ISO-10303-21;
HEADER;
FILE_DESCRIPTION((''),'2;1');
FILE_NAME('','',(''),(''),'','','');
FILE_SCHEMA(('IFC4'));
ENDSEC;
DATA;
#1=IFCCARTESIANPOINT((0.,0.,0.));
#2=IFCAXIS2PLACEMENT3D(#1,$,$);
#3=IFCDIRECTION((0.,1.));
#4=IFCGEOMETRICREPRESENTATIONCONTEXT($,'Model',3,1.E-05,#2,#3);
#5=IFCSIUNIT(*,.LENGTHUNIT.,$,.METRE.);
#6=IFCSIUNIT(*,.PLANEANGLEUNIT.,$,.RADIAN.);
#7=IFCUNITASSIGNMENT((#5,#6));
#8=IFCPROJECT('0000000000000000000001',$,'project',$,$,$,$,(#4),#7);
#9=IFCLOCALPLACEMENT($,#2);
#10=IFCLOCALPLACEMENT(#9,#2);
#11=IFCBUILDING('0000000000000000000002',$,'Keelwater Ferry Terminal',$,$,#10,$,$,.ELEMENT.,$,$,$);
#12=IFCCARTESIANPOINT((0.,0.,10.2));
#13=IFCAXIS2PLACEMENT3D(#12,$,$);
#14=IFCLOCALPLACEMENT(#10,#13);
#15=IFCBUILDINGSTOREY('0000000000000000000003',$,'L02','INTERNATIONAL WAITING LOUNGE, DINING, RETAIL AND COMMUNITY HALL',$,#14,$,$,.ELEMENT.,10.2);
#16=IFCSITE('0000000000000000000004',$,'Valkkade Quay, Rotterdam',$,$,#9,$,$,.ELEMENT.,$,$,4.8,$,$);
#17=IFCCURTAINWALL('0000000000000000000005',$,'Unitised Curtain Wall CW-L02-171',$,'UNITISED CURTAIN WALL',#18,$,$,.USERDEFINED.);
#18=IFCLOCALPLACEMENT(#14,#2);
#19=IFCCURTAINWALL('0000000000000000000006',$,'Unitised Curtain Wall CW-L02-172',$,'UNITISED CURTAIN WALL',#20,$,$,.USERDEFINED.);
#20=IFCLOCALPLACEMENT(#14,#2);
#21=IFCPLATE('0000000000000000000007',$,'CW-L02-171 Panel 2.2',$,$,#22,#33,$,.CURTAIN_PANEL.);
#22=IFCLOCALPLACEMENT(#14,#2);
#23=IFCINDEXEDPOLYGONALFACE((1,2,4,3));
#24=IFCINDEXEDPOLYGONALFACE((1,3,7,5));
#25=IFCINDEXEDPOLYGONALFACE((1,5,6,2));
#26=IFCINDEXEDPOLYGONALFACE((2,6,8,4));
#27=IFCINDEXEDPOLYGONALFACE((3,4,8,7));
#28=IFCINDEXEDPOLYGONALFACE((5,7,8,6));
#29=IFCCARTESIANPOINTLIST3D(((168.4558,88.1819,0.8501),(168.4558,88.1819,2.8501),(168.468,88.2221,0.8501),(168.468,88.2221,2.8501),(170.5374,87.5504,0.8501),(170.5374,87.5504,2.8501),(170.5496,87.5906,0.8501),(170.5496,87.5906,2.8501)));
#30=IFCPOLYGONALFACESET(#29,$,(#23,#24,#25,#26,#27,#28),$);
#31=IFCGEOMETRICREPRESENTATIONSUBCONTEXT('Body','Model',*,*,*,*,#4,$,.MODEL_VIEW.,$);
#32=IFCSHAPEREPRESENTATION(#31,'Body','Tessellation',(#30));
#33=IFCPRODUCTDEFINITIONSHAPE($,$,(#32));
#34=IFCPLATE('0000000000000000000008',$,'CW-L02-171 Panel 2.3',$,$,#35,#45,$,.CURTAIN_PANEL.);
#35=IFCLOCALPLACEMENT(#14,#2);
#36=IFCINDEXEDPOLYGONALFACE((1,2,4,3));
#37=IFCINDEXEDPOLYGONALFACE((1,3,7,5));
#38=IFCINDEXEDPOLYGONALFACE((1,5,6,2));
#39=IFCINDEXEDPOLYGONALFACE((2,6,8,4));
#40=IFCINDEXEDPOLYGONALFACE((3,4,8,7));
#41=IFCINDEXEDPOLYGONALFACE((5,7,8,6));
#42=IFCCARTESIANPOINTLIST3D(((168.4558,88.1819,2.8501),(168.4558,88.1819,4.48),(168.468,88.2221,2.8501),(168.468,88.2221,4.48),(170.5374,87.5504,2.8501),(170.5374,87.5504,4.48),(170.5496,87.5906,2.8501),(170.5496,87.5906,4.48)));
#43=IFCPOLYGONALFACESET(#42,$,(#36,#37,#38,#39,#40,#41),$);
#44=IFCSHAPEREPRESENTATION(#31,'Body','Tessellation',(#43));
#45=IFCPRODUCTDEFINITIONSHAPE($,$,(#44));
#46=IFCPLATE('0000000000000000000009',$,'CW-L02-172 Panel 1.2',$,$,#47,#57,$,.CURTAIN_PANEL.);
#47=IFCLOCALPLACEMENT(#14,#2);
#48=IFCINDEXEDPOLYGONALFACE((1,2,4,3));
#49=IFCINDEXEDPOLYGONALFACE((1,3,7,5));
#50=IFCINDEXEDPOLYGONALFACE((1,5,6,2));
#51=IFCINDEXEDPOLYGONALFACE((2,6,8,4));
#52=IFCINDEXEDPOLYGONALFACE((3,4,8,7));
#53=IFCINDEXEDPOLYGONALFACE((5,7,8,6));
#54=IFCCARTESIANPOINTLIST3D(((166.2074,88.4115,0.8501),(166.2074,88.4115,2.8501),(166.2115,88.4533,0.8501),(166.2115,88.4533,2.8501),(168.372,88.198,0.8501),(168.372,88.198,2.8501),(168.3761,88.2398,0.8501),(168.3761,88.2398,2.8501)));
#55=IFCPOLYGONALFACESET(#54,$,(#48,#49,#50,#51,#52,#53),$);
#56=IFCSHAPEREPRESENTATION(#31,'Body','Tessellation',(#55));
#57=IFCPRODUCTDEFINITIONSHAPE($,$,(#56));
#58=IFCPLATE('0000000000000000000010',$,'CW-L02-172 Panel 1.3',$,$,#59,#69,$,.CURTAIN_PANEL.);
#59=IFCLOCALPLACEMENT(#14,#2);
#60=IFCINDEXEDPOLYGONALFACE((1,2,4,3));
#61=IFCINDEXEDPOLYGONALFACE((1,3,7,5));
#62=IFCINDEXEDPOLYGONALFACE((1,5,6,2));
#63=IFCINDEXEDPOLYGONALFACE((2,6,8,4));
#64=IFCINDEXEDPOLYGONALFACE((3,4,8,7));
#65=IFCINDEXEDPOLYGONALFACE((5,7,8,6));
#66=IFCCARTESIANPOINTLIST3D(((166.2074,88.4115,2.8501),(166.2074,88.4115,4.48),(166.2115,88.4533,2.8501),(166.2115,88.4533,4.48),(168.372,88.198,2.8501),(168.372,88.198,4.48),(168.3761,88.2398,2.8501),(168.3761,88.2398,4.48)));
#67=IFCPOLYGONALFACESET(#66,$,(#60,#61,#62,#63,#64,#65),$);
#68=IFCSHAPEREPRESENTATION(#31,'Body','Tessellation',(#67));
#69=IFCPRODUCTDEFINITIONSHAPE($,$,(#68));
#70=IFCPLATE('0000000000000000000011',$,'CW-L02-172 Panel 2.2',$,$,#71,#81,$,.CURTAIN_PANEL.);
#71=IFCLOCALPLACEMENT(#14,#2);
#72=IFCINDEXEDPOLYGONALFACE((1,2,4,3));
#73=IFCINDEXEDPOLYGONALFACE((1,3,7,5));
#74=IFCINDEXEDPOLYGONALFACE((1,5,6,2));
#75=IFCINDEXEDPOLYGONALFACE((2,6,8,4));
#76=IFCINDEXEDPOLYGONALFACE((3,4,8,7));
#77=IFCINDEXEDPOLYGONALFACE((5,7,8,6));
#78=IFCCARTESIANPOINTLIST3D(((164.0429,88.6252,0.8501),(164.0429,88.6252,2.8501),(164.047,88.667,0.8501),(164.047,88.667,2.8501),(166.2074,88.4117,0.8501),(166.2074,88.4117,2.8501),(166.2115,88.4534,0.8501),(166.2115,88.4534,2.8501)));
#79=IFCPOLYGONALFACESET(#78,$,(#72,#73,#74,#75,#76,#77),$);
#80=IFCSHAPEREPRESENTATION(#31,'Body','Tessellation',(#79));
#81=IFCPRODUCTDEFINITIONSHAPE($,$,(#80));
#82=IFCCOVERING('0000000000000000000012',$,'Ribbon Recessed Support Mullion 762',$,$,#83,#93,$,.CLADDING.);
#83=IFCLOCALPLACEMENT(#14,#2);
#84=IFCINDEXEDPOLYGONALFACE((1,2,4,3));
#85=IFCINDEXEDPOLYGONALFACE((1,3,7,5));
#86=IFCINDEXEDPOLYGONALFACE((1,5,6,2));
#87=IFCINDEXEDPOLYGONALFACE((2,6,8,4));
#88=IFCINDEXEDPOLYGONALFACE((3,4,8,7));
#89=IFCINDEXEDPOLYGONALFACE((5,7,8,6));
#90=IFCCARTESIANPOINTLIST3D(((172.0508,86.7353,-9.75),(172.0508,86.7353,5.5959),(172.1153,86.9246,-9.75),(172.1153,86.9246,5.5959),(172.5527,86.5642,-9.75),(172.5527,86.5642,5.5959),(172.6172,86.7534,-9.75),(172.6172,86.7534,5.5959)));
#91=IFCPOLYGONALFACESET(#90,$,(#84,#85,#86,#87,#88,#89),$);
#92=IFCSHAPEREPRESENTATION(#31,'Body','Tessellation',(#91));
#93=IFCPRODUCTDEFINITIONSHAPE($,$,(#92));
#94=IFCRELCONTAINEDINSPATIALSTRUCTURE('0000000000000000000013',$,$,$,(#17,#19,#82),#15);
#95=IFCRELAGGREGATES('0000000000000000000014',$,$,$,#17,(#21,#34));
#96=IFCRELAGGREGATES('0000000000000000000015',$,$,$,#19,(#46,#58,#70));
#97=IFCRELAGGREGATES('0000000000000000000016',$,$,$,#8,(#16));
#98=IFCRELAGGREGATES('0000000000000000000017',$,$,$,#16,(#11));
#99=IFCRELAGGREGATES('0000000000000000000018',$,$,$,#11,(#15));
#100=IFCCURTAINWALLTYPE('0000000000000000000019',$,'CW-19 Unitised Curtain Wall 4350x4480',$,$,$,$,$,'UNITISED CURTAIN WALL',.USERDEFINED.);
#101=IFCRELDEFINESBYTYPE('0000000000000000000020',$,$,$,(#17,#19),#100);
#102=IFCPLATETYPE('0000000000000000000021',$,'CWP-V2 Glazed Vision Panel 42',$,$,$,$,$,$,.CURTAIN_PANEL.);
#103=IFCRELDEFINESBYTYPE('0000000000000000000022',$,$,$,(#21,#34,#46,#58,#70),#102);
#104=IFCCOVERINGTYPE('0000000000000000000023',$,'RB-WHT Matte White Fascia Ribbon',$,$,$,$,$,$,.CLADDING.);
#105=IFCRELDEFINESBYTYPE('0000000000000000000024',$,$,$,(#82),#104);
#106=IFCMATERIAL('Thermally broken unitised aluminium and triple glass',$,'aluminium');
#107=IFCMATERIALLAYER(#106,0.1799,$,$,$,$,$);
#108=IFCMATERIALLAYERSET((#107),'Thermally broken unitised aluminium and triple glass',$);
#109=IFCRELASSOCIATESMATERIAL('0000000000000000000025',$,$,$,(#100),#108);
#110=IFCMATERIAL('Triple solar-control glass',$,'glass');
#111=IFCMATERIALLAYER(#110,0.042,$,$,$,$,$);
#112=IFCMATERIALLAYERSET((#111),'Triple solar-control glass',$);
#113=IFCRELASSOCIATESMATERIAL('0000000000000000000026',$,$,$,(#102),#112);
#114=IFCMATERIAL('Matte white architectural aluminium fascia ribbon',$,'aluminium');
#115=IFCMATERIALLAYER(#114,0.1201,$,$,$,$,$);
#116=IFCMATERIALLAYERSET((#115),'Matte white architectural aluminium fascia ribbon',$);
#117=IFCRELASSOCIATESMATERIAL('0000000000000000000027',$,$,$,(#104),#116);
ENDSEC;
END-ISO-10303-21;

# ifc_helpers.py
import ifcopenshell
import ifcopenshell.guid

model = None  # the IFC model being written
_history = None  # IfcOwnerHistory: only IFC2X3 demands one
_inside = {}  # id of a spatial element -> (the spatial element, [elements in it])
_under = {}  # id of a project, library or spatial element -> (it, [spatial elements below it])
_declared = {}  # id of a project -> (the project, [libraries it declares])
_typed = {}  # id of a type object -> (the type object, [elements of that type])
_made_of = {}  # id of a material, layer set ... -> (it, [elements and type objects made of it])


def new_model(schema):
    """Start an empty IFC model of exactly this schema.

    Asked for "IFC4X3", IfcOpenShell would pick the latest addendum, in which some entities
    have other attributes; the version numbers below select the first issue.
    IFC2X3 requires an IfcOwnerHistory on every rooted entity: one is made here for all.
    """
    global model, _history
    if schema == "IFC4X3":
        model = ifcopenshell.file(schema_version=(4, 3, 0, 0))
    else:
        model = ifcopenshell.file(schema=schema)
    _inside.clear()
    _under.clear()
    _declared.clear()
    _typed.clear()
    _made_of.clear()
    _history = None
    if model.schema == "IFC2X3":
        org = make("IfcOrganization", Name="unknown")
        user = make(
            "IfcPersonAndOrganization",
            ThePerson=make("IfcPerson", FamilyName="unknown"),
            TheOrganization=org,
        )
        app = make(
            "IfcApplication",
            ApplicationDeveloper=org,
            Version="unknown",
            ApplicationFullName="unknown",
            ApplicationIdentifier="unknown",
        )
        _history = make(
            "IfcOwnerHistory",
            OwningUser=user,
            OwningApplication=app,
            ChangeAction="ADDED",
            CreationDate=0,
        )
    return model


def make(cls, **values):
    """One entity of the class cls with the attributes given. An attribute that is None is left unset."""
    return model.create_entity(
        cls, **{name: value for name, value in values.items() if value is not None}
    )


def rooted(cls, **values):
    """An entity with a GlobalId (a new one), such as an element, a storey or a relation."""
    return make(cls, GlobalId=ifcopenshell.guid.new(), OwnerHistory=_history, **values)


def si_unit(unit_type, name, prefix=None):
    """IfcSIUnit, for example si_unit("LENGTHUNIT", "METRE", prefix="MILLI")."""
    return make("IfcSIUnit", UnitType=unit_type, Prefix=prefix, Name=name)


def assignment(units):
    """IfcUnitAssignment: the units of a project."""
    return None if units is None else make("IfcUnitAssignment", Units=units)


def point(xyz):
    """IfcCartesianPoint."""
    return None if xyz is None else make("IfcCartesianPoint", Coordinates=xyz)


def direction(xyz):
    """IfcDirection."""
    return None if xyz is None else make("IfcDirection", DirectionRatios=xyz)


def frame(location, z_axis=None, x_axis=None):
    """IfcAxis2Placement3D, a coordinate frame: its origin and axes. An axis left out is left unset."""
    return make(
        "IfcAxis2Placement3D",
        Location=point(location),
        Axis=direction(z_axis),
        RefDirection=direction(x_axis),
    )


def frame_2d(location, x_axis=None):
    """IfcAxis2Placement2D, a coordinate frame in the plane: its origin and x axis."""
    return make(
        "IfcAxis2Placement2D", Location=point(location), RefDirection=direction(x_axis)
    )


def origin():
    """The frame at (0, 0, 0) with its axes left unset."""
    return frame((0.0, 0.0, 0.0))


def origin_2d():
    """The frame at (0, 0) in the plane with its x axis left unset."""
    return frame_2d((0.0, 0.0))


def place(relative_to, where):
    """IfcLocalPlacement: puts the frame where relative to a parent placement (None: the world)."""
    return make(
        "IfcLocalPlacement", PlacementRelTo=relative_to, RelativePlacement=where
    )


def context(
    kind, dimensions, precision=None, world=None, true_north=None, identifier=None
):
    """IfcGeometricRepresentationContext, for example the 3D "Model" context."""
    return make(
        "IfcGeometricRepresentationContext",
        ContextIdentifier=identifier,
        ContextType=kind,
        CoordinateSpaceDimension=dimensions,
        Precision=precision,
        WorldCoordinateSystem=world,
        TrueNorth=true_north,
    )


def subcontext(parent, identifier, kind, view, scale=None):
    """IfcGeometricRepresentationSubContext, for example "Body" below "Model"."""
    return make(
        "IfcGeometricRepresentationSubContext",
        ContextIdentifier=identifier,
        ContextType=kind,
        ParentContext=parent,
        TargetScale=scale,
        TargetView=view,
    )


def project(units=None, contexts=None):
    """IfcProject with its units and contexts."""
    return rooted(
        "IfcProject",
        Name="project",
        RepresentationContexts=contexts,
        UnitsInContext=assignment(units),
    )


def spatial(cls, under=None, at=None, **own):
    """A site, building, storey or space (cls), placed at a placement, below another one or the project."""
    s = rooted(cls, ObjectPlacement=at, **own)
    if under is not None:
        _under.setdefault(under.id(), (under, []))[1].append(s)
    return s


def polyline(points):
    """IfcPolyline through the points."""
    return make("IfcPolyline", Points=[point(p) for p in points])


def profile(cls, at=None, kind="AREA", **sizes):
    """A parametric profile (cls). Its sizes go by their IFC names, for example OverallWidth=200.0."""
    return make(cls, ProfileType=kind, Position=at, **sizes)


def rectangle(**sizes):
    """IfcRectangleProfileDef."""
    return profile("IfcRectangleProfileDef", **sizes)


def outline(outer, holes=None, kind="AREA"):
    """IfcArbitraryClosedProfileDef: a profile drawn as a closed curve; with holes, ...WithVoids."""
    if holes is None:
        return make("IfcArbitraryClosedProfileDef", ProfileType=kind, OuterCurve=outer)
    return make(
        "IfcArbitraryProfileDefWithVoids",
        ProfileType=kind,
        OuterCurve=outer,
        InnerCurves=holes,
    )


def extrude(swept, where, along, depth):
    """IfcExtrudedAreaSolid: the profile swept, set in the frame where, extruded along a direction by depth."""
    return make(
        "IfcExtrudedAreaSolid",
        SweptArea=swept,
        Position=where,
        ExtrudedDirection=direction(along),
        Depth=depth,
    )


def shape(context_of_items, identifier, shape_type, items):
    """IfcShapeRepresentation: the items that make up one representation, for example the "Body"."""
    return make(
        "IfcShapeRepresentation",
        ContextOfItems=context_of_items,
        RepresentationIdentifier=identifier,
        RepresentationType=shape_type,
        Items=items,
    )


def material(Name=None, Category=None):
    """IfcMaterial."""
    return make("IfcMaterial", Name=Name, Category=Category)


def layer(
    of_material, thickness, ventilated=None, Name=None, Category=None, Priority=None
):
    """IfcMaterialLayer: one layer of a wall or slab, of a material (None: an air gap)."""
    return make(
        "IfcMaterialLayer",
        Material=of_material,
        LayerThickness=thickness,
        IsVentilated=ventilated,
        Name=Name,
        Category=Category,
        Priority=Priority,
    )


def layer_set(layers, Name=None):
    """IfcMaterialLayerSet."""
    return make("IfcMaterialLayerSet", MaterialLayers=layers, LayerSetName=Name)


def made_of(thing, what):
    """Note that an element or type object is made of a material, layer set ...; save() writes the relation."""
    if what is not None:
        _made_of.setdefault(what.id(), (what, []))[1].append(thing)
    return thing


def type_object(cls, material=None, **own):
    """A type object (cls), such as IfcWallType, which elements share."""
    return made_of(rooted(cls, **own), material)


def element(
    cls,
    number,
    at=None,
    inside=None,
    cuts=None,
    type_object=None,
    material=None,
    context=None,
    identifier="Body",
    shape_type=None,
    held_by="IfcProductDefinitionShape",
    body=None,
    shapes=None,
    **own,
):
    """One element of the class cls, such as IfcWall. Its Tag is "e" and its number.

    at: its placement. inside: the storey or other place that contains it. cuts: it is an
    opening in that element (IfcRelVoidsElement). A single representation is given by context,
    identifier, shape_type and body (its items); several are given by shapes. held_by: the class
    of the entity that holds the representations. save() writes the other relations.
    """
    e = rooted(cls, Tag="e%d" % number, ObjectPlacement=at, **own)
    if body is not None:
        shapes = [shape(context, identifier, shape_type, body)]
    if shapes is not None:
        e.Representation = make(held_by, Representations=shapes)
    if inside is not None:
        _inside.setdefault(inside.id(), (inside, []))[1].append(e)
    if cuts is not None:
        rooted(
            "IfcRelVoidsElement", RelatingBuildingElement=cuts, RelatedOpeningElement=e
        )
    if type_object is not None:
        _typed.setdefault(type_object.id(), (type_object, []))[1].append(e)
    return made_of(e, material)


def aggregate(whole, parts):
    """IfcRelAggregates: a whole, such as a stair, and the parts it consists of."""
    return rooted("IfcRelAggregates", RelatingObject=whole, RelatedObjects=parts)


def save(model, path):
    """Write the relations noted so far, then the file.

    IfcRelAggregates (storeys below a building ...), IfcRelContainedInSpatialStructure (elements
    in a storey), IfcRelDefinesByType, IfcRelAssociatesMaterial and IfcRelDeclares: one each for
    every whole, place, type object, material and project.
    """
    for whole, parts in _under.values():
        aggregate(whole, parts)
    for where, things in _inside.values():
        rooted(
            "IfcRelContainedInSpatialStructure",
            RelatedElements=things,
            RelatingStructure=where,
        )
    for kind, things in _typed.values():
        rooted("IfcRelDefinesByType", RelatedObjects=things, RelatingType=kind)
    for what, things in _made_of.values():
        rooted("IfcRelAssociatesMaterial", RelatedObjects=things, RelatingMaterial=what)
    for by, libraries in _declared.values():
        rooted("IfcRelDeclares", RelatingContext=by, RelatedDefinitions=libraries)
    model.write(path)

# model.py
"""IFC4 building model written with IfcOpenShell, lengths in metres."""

from ifc_helpers import new_model, si_unit, direction, frame, origin, origin_2d, place, context, subcontext, project, spatial, polyline, rectangle, outline, extrude, material, layer, layer_set, type_object, element, aggregate, save


model = new_model("IFC4")

# Units and contexts
model_context = context("Model", 3, precision=1e-05, world=origin(), true_north=direction((0.0, 1.0)))
body_context = subcontext(model_context, "Body", "Model", "MODEL_VIEW")
ifc_project = project(units=[si_unit("LENGTHUNIT", "METRE"), si_unit("PLANEANGLEUNIT", "RADIAN")], contexts=[model_context])

# Site, building, storey
site_placement = place(None, origin())
site = spatial("IfcSite", under=ifc_project, at=site_placement, Name="Valkkade Quay, Rotterdam", CompositionType="ELEMENT", RefElevation=4.8)
building_placement = place(site_placement, origin())
building = spatial("IfcBuilding", under=site, at=building_placement, Name="Keelwater Ferry Terminal", CompositionType="ELEMENT")
storey_placement = place(building_placement, frame((0.0, 0.0, 10.2)))
storey = spatial("IfcBuildingStorey", under=building, at=storey_placement, Name="L02", Description="INTERNATIONAL WAITING LOUNGE, DINING, RETAIL AND COMMUNITY HALL", CompositionType="ELEMENT", Elevation=10.2)

# Curtain walls
ifc_material_1 = material(Name="Thermally broken unitised aluminium and triple glass", Category="aluminium")
ifc_layer_1 = layer(ifc_material_1, 0.1799)
ifc_layer_set_1 = layer_set([ifc_layer_1], Name="Thermally broken unitised aluminium and triple glass")
curtain_wall_type = type_object("IfcCurtainWallType", Name="CW-19 Unitised Curtain Wall 4350x4480", ElementType="UNITISED CURTAIN WALL", PredefinedType="USERDEFINED", material=ifc_layer_set_1)
curtain_wall_1_placement = place(storey_placement, origin())
curtain_wall_1 = element("IfcCurtainWall", 1, at=curtain_wall_1_placement, inside=storey, type_object=curtain_wall_type, Name="Unitised Curtain Wall CW-L02-171", ObjectType="UNITISED CURTAIN WALL", PredefinedType="USERDEFINED")
curtain_wall_2_placement = place(storey_placement, origin())
curtain_wall_2 = element("IfcCurtainWall", 2, at=curtain_wall_2_placement, inside=storey, type_object=curtain_wall_type, Name="Unitised Curtain Wall CW-L02-172", ObjectType="UNITISED CURTAIN WALL", PredefinedType="USERDEFINED")

# Plates
ifc_material_2 = material(Name="Triple solar-control glass", Category="glass")
ifc_layer_2 = layer(ifc_material_2, 0.042)
ifc_layer_set_2 = layer_set([ifc_layer_2], Name="Triple solar-control glass")
plate_type_1 = type_object("IfcPlateType", Name="CWP-V2 Glazed Vision Panel 42", PredefinedType="CURTAIN_PANEL", material=ifc_layer_set_2)
plate_1_placement = place(storey_placement, frame((169.5027, 87.8862, 0.8501), z_axis=(0.0, 0.0, 1.0), x_axis=(-0.95693, 0.29032, 0.0)))
plate_1 = element("IfcPlate", 3, at=plate_1_placement, type_object=plate_type_1, Name="CW-L02-171 Panel 2.2", PredefinedType="CURTAIN_PANEL", context=body_context, shape_type="SweptSolid", body=[
    extrude(rectangle(XDim=2.1753, YDim=0.042, at=origin_2d()), origin(), (0.0, 0.0, 1.0), 2.0),
])
plate_2_placement = place(storey_placement, frame((169.5027, 87.8862, 2.8501), z_axis=(0.0, 0.0, 1.0), x_axis=(-0.95693, 0.29032, 0.0)))
plate_2 = element("IfcPlate", 4, at=plate_2_placement, type_object=plate_type_1, Name="CW-L02-171 Panel 2.3", PredefinedType="CURTAIN_PANEL", context=body_context, shape_type="SweptSolid", body=[
    extrude(rectangle(XDim=2.1753, YDim=0.042, at=origin_2d()), origin(), (0.0, 0.0, 1.0), 1.6299),
])
aggregate(curtain_wall_1, [plate_1, plate_2])
plate_3_placement = place(storey_placement, frame((167.2917, 88.3257, 0.8501), z_axis=(0.0, 0.0, 1.0), x_axis=(-0.995171, 0.098161, 0.0)))
plate_3 = element("IfcPlate", 5, at=plate_3_placement, type_object=plate_type_1, Name="CW-L02-172 Panel 1.2", PredefinedType="CURTAIN_PANEL", context=body_context, shape_type="SweptSolid", body=[
    extrude(rectangle(XDim=2.175, YDim=0.042, at=origin_2d()), origin(), (0.0, 0.0, 1.0), 2.0),
])
plate_4_placement = place(storey_placement, frame((167.2917, 88.3257, 2.8501), z_axis=(0.0, 0.0, 1.0), x_axis=(-0.995171, 0.098161, 0.0)))
plate_4 = element("IfcPlate", 6, at=plate_4_placement, type_object=plate_type_1, Name="CW-L02-172 Panel 1.3", PredefinedType="CURTAIN_PANEL", context=body_context, shape_type="SweptSolid", body=[
    extrude(rectangle(XDim=2.175, YDim=0.042, at=origin_2d()), origin(), (0.0, 0.0, 1.0), 1.6299),
])
plate_5_placement = place(storey_placement, frame((165.1272, 88.5393, 0.8501), z_axis=(0.0, 0.0, 1.0), x_axis=(-0.995171, 0.098161, 0.0)))
plate_5 = element("IfcPlate", 7, at=plate_5_placement, type_object=plate_type_1, Name="CW-L02-172 Panel 2.2", PredefinedType="CURTAIN_PANEL", context=body_context, shape_type="SweptSolid", body=[
    extrude(rectangle(XDim=2.175, YDim=0.042, at=origin_2d()), origin(), (0.0, 0.0, 1.0), 2.0),
])
aggregate(curtain_wall_2, [plate_3, plate_4, plate_5])

# Covering
ifc_material_3 = material(Name="Matte white architectural aluminium fascia ribbon", Category="aluminium")
ifc_layer_3 = layer(ifc_material_3, 0.1201)
ifc_layer_set_3 = layer_set([ifc_layer_3], Name="Matte white architectural aluminium fascia ribbon")
covering_type = type_object("IfcCoveringType", Name="RB-WHT Matte White Fascia Ribbon", PredefinedType="CLADDING", material=ifc_layer_set_3)
covering_placement = place(storey_placement, frame((172.585, 86.6589, -9.75), z_axis=(0.0, 0.0, 1.0), x_axis=(-0.946497, 0.322711, 0.0)))
element("IfcCovering", 8, at=covering_placement, inside=storey, type_object=covering_type, Name="Ribbon Recessed Support Mullion 762", PredefinedType="CLADDING", context=body_context, shape_type="SweptSolid", body=[
    extrude(outline(polyline([(0.0, 0.0), (0.5303, 0.0), (0.5303, 15.3459), (0.0, 15.3459), (0.0, 0.0)])), frame((0.0, 0.1001, 0.0), z_axis=(0.0, -1.0, 0.0), x_axis=(1.0, 0.0, 0.0)), (0.0, 0.0, 1.0), 0.2),
])

save(model, "model.ifc")
